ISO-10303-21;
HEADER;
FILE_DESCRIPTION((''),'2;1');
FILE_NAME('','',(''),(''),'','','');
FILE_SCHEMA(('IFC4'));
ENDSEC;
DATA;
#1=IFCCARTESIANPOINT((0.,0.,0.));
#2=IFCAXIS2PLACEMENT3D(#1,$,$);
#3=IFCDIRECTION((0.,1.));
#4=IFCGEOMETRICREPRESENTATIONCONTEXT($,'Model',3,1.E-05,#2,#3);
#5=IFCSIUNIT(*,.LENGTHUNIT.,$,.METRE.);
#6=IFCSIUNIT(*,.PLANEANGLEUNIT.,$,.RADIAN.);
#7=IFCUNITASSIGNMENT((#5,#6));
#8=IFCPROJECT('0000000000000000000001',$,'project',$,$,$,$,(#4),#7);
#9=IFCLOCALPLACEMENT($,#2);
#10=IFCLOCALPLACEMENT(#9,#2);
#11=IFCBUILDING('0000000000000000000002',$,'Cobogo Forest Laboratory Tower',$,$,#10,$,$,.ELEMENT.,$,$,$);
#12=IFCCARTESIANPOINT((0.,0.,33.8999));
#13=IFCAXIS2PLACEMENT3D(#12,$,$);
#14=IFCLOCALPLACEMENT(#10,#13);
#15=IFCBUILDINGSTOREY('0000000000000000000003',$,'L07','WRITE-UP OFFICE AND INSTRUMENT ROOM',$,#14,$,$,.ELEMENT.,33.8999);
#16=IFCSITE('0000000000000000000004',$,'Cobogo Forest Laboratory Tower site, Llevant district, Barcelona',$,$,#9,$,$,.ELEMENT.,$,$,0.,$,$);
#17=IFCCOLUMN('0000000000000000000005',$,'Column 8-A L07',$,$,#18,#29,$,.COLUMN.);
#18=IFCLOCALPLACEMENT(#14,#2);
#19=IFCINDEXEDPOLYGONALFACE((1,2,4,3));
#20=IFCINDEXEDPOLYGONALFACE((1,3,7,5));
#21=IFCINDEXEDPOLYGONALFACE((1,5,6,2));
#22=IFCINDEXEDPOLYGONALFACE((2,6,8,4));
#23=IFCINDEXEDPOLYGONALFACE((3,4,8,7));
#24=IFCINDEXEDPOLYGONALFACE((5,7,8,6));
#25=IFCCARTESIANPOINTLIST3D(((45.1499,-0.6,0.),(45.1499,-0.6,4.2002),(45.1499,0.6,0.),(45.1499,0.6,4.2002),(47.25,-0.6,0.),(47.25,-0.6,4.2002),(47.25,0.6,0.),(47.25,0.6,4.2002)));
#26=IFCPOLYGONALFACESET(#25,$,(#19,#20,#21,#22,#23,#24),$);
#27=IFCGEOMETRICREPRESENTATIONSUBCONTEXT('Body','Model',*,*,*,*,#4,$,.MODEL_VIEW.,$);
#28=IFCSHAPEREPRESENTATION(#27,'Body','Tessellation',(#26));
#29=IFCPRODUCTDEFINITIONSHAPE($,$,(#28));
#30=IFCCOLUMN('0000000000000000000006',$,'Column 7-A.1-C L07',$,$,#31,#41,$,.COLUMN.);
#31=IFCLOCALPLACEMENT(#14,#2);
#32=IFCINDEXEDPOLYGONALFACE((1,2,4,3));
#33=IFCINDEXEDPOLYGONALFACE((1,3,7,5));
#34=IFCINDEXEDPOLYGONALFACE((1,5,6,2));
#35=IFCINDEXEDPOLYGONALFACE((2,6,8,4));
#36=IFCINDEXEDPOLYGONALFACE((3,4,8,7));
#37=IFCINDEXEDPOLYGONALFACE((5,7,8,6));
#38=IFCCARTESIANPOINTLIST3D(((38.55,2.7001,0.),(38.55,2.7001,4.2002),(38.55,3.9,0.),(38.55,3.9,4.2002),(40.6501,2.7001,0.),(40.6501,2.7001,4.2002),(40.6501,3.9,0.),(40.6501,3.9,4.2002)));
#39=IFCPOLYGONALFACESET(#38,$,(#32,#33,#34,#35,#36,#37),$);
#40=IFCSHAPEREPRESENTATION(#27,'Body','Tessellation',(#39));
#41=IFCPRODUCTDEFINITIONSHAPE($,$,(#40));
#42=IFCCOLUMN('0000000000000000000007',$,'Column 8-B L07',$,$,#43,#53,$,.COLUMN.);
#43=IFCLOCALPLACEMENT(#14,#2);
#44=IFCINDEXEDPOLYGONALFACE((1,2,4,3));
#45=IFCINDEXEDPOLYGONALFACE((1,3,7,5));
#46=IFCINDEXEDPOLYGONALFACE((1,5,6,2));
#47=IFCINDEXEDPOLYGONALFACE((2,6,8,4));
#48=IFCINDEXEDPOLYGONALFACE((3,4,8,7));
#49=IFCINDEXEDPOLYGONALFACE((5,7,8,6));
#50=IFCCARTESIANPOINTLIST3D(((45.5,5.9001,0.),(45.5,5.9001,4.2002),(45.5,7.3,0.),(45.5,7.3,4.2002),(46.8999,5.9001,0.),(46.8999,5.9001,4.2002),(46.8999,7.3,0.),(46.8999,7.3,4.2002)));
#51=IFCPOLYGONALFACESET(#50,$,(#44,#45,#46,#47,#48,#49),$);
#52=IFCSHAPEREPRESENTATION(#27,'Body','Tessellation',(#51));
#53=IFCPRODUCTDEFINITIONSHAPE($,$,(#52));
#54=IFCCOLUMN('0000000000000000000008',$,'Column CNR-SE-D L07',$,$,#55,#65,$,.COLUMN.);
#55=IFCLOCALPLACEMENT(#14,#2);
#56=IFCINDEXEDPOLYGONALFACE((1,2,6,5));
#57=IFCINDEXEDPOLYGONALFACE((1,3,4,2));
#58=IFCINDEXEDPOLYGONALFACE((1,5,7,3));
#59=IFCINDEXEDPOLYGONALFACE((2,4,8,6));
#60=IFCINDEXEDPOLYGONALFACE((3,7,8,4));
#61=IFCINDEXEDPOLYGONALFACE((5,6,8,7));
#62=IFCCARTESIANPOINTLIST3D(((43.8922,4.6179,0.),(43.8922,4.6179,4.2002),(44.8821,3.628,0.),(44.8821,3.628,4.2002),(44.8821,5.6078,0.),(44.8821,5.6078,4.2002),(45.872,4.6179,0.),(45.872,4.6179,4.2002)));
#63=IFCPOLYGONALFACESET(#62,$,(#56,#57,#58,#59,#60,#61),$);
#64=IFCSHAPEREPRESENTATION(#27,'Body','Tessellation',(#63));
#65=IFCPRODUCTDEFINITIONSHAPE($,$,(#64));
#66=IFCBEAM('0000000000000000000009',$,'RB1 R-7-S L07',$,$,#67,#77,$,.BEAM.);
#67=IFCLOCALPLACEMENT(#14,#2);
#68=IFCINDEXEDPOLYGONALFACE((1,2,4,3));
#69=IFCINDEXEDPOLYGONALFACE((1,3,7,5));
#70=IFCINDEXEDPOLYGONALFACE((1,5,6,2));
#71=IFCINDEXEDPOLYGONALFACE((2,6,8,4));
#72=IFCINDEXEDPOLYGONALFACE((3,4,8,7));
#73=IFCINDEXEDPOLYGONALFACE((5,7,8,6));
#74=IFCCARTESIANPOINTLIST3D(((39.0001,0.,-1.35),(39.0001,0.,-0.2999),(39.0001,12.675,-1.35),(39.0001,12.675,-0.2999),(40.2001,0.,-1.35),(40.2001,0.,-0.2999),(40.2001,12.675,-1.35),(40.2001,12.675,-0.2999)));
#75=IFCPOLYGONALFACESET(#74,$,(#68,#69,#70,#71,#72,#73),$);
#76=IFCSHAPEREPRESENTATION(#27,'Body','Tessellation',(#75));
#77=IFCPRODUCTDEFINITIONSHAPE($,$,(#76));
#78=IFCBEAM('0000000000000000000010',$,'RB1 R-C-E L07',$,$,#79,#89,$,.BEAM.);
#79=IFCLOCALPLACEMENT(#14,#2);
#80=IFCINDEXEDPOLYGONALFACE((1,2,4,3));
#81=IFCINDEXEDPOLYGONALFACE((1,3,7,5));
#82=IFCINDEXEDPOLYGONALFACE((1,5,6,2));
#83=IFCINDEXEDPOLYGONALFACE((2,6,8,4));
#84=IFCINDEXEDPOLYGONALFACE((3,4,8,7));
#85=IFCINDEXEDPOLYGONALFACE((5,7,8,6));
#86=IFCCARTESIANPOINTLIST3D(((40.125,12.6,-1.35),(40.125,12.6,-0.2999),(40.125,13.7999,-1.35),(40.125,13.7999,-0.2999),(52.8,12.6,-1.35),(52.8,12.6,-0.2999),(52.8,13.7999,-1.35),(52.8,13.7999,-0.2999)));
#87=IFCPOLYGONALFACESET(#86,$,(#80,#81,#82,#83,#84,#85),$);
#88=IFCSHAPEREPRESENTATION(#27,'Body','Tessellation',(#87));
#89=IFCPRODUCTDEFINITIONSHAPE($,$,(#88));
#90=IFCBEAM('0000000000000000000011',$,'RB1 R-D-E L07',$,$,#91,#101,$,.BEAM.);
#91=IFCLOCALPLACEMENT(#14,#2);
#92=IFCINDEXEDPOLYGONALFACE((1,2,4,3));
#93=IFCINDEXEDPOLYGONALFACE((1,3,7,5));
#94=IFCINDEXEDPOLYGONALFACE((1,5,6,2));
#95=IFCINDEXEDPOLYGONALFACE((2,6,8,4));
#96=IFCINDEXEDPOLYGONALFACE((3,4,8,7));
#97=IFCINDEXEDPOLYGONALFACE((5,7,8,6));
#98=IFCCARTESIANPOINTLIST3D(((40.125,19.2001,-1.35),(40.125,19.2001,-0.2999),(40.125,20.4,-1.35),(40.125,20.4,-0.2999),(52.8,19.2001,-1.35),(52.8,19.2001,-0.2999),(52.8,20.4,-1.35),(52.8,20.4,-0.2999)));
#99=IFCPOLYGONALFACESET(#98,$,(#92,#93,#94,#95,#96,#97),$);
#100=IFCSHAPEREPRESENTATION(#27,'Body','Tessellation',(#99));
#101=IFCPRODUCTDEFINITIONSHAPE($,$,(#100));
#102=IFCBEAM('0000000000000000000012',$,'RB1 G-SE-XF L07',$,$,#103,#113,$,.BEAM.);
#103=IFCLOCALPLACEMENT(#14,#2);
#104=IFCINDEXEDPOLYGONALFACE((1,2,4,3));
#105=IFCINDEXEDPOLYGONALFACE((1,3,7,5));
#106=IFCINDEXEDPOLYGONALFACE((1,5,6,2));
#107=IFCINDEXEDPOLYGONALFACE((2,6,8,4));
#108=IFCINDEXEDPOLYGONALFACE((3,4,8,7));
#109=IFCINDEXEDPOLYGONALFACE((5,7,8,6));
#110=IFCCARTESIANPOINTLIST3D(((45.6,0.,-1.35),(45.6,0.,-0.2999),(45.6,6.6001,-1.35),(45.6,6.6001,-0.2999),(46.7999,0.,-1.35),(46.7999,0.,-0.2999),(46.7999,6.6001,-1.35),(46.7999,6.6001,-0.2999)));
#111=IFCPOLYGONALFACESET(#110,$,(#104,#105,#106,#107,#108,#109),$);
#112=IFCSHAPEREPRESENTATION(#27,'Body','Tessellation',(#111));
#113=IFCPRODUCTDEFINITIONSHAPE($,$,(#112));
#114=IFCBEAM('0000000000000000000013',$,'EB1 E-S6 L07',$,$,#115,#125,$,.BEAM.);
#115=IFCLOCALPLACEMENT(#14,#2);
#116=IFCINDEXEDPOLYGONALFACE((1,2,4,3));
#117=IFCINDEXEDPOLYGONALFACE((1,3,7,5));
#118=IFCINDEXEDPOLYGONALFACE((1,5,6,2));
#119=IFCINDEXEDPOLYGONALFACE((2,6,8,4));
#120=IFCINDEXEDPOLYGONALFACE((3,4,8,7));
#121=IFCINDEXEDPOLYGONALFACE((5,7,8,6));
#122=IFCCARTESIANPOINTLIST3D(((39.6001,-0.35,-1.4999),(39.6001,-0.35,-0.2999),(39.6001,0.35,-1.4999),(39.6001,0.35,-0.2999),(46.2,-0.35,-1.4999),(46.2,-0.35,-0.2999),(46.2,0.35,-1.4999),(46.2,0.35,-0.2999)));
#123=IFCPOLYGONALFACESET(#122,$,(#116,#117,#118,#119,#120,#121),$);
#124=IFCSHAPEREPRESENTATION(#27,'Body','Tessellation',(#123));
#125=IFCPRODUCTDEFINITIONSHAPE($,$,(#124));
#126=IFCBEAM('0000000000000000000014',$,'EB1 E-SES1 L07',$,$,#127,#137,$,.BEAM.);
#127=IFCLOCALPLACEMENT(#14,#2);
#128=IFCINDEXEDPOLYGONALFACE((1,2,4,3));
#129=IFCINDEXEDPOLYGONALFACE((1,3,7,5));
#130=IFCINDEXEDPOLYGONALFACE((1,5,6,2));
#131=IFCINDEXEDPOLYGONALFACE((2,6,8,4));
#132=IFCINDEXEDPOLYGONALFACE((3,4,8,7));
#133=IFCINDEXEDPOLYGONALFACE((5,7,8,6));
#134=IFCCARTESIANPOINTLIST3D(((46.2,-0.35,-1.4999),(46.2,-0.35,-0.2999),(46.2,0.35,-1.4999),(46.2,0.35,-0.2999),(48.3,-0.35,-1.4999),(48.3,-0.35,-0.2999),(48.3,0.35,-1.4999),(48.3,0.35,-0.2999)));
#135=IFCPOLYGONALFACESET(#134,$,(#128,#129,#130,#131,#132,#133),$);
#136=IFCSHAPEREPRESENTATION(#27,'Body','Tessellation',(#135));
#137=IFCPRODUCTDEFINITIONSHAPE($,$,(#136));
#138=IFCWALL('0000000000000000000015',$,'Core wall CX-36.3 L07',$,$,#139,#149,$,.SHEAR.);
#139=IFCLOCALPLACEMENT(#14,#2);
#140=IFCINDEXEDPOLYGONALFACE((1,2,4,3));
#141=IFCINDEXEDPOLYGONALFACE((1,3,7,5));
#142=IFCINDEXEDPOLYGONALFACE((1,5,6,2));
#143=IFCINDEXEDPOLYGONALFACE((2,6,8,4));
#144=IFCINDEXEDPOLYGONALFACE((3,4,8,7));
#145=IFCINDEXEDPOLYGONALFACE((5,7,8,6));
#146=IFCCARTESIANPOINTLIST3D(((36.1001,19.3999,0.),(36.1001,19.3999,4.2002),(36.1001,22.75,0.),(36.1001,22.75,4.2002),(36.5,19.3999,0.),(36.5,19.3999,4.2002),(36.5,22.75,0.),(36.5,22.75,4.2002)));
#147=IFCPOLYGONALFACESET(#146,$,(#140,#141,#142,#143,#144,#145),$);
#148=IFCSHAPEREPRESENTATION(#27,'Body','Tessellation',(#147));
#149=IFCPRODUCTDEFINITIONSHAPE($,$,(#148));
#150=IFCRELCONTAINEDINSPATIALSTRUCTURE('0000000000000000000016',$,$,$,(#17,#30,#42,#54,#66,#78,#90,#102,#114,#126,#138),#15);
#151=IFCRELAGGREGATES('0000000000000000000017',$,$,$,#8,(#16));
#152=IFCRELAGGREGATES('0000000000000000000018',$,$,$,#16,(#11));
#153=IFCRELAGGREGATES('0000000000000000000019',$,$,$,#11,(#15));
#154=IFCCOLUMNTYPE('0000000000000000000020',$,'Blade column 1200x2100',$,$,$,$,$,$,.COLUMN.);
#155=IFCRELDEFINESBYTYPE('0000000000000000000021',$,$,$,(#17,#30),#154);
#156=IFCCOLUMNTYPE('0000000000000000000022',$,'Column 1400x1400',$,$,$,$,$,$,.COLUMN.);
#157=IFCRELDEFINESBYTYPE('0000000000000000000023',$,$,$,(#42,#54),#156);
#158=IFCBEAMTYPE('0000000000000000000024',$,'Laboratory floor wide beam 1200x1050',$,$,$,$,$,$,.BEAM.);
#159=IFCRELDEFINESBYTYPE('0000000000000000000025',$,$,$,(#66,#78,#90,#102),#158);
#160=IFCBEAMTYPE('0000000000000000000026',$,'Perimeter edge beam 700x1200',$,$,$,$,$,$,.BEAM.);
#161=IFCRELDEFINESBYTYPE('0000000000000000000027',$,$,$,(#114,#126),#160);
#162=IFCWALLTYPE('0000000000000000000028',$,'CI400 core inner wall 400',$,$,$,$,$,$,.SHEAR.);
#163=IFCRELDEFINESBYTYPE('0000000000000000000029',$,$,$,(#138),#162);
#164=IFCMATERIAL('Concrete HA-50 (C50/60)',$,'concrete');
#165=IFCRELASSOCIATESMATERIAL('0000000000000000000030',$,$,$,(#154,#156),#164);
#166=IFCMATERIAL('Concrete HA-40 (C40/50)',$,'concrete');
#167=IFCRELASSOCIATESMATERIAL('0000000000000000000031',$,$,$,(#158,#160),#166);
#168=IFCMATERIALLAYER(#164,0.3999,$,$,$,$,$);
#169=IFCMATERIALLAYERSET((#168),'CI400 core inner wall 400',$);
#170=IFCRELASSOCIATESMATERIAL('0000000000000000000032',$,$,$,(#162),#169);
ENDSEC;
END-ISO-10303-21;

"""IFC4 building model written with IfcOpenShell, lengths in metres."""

from ifc_helpers import new_model, si_unit, direction, frame, frame_2d, origin, origin_2d, place, context, subcontext, project, spatial, rectangle, extrude, material, layer, layer_set, material_profile, profile_set, type_object, element, save


model = new_model("IFC4")

# Units and contexts
model_context = context("Model", 3, precision=1e-05, world=origin(), true_north=direction((0.0, 1.0)))
body_context = subcontext(model_context, "Body", "Model", "MODEL_VIEW")
ifc_project = project(units=[si_unit("LENGTHUNIT", "METRE"), si_unit("PLANEANGLEUNIT", "RADIAN")], contexts=[model_context])

# Site, building, storey
site_placement = place(None, origin())
site = spatial("IfcSite", under=ifc_project, at=site_placement, Name="Cobogo Forest Laboratory Tower site, Llevant district, Barcelona", CompositionType="ELEMENT", RefElevation=0.0)
building_placement = place(site_placement, origin())
building = spatial("IfcBuilding", under=site, at=building_placement, Name="Cobogo Forest Laboratory Tower", CompositionType="ELEMENT")
storey_placement = place(building_placement, frame((0.0, 0.0, 33.8999)))
storey = spatial("IfcBuildingStorey", under=building, at=storey_placement, Name="L07", Description="WRITE-UP OFFICE AND INSTRUMENT ROOM", CompositionType="ELEMENT", Elevation=33.8999)

# Columns
ifc_material_1 = material(Name="Concrete HA-50 (C50/60)", Category="concrete")
ifc_material_profile_1 = material_profile(ifc_material_1, rectangle(XDim=2.1001, YDim=1.2, at=origin_2d()), Name="RC 1200x2100")
ifc_profile_set_1 = profile_set([ifc_material_profile_1], Name="Concrete HA-50 (C50/60)")
column_type_1 = type_object("IfcColumnType", Name="Blade column 1200x2100", PredefinedType="COLUMN", material=ifc_profile_set_1)
for number, where, z_axis, x_axis, name in (
    (1, (46.2, 0.0, 0.0), (0.0, 0.0, 1.0), (1.0, 0.0, 0.0), "Column 8-A L07"),
    (2, (39.6001, 3.3, 0.0), (0.0, 0.0, 1.0), (1.0, 0.0, 0.0), "Column 7-A.1-C L07"),
):
    element("IfcColumn", number, at=place(storey_placement, frame(where, z_axis=z_axis, x_axis=x_axis)), inside=storey, type_object=column_type_1, Name=name, PredefinedType="COLUMN", context=body_context, shape_type="SweptSolid", body=[
        extrude(rectangle(XDim=2.1001, YDim=1.2, at=origin_2d()), origin(), (0.0, 0.0, 1.0), 4.2002),
    ])
ifc_material_profile_2 = material_profile(ifc_material_1, rectangle(XDim=1.3999, YDim=1.3999, at=origin_2d()), Name="RC 1400x1400")
ifc_profile_set_2 = profile_set([ifc_material_profile_2], Name="Concrete HA-50 (C50/60)")
column_type_2 = type_object("IfcColumnType", Name="Column 1400x1400", PredefinedType="COLUMN", material=ifc_profile_set_2)
for number, where, z_axis, x_axis, name in (
    (3, (46.2, 6.6001, 0.0), (0.0, 0.0, 1.0), (1.0, 0.0, 0.0), "Column 8-B L07"),
    (4, (44.8821, 4.6179, 0.0), (0.0, 0.0, 1.0), (0.707107, 0.707107, 0.0), "Column CNR-SE-D L07"),
):
    element("IfcColumn", number, at=place(storey_placement, frame(where, z_axis=z_axis, x_axis=x_axis)), inside=storey, type_object=column_type_2, Name=name, PredefinedType="COLUMN", context=body_context, shape_type="SweptSolid", body=[
        extrude(rectangle(XDim=1.3999, YDim=1.3999, at=origin_2d()), origin(), (0.0, 0.0, 1.0), 4.2002),
    ])

# Beams
ifc_material_2 = material(Name="Concrete HA-40 (C40/50)", Category="concrete")
ifc_material_profile_3 = material_profile(ifc_material_2, rectangle(XDim=1.2, YDim=1.05, at=origin_2d()), Name="RC 1200x1050")
ifc_profile_set_3 = profile_set([ifc_material_profile_3], Name="Concrete HA-40 (C40/50)")
beam_type_1 = type_object("IfcBeamType", Name="Laboratory floor wide beam 1200x1050", PredefinedType="BEAM", material=ifc_profile_set_3)
for number, where, z_axis, x_axis, name in (
    (5, (39.6001, 12.675, -0.825), (0.0, -1.0, 0.0), (1.0, 0.0, 0.0), "RB1 R-7-S L07"),
    (6, (40.125, 13.2, -0.825), (1.0, 0.0, 0.0), (0.0, 1.0, 0.0), "RB1 R-C-E L07"),
    (7, (40.125, 19.8, -0.825), (1.0, 0.0, 0.0), (0.0, 1.0, 0.0), "RB1 R-D-E L07"),
):
    element("IfcBeam", number, at=place(storey_placement, frame(where, z_axis=z_axis, x_axis=x_axis)), inside=storey, type_object=beam_type_1, Name=name, PredefinedType="BEAM", context=body_context, shape_type="SweptSolid", body=[
        extrude(rectangle(XDim=1.2, YDim=1.05, at=origin_2d()), origin(), (0.0, 0.0, 1.0), 12.675),
    ])
beam_1_placement = place(storey_placement, frame((46.2, 0.0, -0.825), z_axis=(0.0, 1.0, 0.0), x_axis=(-1.0, 0.0, 0.0)))
element("IfcBeam", 8, at=beam_1_placement, inside=storey, type_object=beam_type_1, Name="RB1 G-SE-XF L07", PredefinedType="BEAM", context=body_context, shape_type="SweptSolid", body=[
    extrude(rectangle(XDim=1.2, YDim=1.05, at=origin_2d()), origin(), (0.0, 0.0, 1.0), 6.6001),
])
ifc_material_profile_4 = material_profile(ifc_material_2, rectangle(XDim=0.7, YDim=1.2, at=origin_2d()), Name="RC 700x1200")
ifc_profile_set_4 = profile_set([ifc_material_profile_4], Name="Concrete HA-40 (C40/50)")
beam_type_2 = type_object("IfcBeamType", Name="Perimeter edge beam 700x1200", PredefinedType="BEAM", material=ifc_profile_set_4)
beam_2_placement = place(storey_placement, frame((39.6001, 0.0, -0.8999), z_axis=(1.0, 0.0, 0.0), x_axis=(0.0, 1.0, 0.0)))
element("IfcBeam", 9, at=beam_2_placement, inside=storey, type_object=beam_type_2, Name="EB1 E-S6 L07", PredefinedType="BEAM", context=body_context, shape_type="SweptSolid", body=[
    extrude(rectangle(XDim=0.7, YDim=1.2, at=origin_2d()), origin(), (0.0, 0.0, 1.0), 6.5999),
])
beam_3_placement = place(storey_placement, frame((46.2, 0.0, -0.8999), z_axis=(1.0, 0.0, 0.0), x_axis=(0.0, 1.0, 0.0)))
element("IfcBeam", 10, at=beam_3_placement, inside=storey, type_object=beam_type_2, Name="EB1 E-SES1 L07", PredefinedType="BEAM", context=body_context, shape_type="SweptSolid", body=[
    extrude(rectangle(XDim=0.7, YDim=1.2, at=origin_2d()), origin(), (0.0, 0.0, 1.0), 2.1001),
])

# Wall
ifc_layer_1 = layer(ifc_material_1, 0.3999)
ifc_layer_set_1 = layer_set([ifc_layer_1], Name="CI400 core inner wall 400")
wall_type_1 = type_object("IfcWallType", Name="CI400 core inner wall 400", PredefinedType="SHEAR", material=ifc_layer_set_1)
wall_1_placement = place(storey_placement, frame((36.3, 19.3999, 0.0), z_axis=(0.0, 0.0, 1.0), x_axis=(0.0, 1.0, 0.0)))
element("IfcWall", 11, at=wall_1_placement, inside=storey, type_object=wall_type_1, Name="Core wall CX-36.3 L07", PredefinedType="SHEAR", context=body_context, shape_type="SweptSolid", body=[
    extrude(rectangle(XDim=3.3501, YDim=0.3999, at=frame_2d((1.675, 0.0))), origin(), (0.0, 0.0, 1.0), 4.2002),
])

save(model, "model.ifc")
